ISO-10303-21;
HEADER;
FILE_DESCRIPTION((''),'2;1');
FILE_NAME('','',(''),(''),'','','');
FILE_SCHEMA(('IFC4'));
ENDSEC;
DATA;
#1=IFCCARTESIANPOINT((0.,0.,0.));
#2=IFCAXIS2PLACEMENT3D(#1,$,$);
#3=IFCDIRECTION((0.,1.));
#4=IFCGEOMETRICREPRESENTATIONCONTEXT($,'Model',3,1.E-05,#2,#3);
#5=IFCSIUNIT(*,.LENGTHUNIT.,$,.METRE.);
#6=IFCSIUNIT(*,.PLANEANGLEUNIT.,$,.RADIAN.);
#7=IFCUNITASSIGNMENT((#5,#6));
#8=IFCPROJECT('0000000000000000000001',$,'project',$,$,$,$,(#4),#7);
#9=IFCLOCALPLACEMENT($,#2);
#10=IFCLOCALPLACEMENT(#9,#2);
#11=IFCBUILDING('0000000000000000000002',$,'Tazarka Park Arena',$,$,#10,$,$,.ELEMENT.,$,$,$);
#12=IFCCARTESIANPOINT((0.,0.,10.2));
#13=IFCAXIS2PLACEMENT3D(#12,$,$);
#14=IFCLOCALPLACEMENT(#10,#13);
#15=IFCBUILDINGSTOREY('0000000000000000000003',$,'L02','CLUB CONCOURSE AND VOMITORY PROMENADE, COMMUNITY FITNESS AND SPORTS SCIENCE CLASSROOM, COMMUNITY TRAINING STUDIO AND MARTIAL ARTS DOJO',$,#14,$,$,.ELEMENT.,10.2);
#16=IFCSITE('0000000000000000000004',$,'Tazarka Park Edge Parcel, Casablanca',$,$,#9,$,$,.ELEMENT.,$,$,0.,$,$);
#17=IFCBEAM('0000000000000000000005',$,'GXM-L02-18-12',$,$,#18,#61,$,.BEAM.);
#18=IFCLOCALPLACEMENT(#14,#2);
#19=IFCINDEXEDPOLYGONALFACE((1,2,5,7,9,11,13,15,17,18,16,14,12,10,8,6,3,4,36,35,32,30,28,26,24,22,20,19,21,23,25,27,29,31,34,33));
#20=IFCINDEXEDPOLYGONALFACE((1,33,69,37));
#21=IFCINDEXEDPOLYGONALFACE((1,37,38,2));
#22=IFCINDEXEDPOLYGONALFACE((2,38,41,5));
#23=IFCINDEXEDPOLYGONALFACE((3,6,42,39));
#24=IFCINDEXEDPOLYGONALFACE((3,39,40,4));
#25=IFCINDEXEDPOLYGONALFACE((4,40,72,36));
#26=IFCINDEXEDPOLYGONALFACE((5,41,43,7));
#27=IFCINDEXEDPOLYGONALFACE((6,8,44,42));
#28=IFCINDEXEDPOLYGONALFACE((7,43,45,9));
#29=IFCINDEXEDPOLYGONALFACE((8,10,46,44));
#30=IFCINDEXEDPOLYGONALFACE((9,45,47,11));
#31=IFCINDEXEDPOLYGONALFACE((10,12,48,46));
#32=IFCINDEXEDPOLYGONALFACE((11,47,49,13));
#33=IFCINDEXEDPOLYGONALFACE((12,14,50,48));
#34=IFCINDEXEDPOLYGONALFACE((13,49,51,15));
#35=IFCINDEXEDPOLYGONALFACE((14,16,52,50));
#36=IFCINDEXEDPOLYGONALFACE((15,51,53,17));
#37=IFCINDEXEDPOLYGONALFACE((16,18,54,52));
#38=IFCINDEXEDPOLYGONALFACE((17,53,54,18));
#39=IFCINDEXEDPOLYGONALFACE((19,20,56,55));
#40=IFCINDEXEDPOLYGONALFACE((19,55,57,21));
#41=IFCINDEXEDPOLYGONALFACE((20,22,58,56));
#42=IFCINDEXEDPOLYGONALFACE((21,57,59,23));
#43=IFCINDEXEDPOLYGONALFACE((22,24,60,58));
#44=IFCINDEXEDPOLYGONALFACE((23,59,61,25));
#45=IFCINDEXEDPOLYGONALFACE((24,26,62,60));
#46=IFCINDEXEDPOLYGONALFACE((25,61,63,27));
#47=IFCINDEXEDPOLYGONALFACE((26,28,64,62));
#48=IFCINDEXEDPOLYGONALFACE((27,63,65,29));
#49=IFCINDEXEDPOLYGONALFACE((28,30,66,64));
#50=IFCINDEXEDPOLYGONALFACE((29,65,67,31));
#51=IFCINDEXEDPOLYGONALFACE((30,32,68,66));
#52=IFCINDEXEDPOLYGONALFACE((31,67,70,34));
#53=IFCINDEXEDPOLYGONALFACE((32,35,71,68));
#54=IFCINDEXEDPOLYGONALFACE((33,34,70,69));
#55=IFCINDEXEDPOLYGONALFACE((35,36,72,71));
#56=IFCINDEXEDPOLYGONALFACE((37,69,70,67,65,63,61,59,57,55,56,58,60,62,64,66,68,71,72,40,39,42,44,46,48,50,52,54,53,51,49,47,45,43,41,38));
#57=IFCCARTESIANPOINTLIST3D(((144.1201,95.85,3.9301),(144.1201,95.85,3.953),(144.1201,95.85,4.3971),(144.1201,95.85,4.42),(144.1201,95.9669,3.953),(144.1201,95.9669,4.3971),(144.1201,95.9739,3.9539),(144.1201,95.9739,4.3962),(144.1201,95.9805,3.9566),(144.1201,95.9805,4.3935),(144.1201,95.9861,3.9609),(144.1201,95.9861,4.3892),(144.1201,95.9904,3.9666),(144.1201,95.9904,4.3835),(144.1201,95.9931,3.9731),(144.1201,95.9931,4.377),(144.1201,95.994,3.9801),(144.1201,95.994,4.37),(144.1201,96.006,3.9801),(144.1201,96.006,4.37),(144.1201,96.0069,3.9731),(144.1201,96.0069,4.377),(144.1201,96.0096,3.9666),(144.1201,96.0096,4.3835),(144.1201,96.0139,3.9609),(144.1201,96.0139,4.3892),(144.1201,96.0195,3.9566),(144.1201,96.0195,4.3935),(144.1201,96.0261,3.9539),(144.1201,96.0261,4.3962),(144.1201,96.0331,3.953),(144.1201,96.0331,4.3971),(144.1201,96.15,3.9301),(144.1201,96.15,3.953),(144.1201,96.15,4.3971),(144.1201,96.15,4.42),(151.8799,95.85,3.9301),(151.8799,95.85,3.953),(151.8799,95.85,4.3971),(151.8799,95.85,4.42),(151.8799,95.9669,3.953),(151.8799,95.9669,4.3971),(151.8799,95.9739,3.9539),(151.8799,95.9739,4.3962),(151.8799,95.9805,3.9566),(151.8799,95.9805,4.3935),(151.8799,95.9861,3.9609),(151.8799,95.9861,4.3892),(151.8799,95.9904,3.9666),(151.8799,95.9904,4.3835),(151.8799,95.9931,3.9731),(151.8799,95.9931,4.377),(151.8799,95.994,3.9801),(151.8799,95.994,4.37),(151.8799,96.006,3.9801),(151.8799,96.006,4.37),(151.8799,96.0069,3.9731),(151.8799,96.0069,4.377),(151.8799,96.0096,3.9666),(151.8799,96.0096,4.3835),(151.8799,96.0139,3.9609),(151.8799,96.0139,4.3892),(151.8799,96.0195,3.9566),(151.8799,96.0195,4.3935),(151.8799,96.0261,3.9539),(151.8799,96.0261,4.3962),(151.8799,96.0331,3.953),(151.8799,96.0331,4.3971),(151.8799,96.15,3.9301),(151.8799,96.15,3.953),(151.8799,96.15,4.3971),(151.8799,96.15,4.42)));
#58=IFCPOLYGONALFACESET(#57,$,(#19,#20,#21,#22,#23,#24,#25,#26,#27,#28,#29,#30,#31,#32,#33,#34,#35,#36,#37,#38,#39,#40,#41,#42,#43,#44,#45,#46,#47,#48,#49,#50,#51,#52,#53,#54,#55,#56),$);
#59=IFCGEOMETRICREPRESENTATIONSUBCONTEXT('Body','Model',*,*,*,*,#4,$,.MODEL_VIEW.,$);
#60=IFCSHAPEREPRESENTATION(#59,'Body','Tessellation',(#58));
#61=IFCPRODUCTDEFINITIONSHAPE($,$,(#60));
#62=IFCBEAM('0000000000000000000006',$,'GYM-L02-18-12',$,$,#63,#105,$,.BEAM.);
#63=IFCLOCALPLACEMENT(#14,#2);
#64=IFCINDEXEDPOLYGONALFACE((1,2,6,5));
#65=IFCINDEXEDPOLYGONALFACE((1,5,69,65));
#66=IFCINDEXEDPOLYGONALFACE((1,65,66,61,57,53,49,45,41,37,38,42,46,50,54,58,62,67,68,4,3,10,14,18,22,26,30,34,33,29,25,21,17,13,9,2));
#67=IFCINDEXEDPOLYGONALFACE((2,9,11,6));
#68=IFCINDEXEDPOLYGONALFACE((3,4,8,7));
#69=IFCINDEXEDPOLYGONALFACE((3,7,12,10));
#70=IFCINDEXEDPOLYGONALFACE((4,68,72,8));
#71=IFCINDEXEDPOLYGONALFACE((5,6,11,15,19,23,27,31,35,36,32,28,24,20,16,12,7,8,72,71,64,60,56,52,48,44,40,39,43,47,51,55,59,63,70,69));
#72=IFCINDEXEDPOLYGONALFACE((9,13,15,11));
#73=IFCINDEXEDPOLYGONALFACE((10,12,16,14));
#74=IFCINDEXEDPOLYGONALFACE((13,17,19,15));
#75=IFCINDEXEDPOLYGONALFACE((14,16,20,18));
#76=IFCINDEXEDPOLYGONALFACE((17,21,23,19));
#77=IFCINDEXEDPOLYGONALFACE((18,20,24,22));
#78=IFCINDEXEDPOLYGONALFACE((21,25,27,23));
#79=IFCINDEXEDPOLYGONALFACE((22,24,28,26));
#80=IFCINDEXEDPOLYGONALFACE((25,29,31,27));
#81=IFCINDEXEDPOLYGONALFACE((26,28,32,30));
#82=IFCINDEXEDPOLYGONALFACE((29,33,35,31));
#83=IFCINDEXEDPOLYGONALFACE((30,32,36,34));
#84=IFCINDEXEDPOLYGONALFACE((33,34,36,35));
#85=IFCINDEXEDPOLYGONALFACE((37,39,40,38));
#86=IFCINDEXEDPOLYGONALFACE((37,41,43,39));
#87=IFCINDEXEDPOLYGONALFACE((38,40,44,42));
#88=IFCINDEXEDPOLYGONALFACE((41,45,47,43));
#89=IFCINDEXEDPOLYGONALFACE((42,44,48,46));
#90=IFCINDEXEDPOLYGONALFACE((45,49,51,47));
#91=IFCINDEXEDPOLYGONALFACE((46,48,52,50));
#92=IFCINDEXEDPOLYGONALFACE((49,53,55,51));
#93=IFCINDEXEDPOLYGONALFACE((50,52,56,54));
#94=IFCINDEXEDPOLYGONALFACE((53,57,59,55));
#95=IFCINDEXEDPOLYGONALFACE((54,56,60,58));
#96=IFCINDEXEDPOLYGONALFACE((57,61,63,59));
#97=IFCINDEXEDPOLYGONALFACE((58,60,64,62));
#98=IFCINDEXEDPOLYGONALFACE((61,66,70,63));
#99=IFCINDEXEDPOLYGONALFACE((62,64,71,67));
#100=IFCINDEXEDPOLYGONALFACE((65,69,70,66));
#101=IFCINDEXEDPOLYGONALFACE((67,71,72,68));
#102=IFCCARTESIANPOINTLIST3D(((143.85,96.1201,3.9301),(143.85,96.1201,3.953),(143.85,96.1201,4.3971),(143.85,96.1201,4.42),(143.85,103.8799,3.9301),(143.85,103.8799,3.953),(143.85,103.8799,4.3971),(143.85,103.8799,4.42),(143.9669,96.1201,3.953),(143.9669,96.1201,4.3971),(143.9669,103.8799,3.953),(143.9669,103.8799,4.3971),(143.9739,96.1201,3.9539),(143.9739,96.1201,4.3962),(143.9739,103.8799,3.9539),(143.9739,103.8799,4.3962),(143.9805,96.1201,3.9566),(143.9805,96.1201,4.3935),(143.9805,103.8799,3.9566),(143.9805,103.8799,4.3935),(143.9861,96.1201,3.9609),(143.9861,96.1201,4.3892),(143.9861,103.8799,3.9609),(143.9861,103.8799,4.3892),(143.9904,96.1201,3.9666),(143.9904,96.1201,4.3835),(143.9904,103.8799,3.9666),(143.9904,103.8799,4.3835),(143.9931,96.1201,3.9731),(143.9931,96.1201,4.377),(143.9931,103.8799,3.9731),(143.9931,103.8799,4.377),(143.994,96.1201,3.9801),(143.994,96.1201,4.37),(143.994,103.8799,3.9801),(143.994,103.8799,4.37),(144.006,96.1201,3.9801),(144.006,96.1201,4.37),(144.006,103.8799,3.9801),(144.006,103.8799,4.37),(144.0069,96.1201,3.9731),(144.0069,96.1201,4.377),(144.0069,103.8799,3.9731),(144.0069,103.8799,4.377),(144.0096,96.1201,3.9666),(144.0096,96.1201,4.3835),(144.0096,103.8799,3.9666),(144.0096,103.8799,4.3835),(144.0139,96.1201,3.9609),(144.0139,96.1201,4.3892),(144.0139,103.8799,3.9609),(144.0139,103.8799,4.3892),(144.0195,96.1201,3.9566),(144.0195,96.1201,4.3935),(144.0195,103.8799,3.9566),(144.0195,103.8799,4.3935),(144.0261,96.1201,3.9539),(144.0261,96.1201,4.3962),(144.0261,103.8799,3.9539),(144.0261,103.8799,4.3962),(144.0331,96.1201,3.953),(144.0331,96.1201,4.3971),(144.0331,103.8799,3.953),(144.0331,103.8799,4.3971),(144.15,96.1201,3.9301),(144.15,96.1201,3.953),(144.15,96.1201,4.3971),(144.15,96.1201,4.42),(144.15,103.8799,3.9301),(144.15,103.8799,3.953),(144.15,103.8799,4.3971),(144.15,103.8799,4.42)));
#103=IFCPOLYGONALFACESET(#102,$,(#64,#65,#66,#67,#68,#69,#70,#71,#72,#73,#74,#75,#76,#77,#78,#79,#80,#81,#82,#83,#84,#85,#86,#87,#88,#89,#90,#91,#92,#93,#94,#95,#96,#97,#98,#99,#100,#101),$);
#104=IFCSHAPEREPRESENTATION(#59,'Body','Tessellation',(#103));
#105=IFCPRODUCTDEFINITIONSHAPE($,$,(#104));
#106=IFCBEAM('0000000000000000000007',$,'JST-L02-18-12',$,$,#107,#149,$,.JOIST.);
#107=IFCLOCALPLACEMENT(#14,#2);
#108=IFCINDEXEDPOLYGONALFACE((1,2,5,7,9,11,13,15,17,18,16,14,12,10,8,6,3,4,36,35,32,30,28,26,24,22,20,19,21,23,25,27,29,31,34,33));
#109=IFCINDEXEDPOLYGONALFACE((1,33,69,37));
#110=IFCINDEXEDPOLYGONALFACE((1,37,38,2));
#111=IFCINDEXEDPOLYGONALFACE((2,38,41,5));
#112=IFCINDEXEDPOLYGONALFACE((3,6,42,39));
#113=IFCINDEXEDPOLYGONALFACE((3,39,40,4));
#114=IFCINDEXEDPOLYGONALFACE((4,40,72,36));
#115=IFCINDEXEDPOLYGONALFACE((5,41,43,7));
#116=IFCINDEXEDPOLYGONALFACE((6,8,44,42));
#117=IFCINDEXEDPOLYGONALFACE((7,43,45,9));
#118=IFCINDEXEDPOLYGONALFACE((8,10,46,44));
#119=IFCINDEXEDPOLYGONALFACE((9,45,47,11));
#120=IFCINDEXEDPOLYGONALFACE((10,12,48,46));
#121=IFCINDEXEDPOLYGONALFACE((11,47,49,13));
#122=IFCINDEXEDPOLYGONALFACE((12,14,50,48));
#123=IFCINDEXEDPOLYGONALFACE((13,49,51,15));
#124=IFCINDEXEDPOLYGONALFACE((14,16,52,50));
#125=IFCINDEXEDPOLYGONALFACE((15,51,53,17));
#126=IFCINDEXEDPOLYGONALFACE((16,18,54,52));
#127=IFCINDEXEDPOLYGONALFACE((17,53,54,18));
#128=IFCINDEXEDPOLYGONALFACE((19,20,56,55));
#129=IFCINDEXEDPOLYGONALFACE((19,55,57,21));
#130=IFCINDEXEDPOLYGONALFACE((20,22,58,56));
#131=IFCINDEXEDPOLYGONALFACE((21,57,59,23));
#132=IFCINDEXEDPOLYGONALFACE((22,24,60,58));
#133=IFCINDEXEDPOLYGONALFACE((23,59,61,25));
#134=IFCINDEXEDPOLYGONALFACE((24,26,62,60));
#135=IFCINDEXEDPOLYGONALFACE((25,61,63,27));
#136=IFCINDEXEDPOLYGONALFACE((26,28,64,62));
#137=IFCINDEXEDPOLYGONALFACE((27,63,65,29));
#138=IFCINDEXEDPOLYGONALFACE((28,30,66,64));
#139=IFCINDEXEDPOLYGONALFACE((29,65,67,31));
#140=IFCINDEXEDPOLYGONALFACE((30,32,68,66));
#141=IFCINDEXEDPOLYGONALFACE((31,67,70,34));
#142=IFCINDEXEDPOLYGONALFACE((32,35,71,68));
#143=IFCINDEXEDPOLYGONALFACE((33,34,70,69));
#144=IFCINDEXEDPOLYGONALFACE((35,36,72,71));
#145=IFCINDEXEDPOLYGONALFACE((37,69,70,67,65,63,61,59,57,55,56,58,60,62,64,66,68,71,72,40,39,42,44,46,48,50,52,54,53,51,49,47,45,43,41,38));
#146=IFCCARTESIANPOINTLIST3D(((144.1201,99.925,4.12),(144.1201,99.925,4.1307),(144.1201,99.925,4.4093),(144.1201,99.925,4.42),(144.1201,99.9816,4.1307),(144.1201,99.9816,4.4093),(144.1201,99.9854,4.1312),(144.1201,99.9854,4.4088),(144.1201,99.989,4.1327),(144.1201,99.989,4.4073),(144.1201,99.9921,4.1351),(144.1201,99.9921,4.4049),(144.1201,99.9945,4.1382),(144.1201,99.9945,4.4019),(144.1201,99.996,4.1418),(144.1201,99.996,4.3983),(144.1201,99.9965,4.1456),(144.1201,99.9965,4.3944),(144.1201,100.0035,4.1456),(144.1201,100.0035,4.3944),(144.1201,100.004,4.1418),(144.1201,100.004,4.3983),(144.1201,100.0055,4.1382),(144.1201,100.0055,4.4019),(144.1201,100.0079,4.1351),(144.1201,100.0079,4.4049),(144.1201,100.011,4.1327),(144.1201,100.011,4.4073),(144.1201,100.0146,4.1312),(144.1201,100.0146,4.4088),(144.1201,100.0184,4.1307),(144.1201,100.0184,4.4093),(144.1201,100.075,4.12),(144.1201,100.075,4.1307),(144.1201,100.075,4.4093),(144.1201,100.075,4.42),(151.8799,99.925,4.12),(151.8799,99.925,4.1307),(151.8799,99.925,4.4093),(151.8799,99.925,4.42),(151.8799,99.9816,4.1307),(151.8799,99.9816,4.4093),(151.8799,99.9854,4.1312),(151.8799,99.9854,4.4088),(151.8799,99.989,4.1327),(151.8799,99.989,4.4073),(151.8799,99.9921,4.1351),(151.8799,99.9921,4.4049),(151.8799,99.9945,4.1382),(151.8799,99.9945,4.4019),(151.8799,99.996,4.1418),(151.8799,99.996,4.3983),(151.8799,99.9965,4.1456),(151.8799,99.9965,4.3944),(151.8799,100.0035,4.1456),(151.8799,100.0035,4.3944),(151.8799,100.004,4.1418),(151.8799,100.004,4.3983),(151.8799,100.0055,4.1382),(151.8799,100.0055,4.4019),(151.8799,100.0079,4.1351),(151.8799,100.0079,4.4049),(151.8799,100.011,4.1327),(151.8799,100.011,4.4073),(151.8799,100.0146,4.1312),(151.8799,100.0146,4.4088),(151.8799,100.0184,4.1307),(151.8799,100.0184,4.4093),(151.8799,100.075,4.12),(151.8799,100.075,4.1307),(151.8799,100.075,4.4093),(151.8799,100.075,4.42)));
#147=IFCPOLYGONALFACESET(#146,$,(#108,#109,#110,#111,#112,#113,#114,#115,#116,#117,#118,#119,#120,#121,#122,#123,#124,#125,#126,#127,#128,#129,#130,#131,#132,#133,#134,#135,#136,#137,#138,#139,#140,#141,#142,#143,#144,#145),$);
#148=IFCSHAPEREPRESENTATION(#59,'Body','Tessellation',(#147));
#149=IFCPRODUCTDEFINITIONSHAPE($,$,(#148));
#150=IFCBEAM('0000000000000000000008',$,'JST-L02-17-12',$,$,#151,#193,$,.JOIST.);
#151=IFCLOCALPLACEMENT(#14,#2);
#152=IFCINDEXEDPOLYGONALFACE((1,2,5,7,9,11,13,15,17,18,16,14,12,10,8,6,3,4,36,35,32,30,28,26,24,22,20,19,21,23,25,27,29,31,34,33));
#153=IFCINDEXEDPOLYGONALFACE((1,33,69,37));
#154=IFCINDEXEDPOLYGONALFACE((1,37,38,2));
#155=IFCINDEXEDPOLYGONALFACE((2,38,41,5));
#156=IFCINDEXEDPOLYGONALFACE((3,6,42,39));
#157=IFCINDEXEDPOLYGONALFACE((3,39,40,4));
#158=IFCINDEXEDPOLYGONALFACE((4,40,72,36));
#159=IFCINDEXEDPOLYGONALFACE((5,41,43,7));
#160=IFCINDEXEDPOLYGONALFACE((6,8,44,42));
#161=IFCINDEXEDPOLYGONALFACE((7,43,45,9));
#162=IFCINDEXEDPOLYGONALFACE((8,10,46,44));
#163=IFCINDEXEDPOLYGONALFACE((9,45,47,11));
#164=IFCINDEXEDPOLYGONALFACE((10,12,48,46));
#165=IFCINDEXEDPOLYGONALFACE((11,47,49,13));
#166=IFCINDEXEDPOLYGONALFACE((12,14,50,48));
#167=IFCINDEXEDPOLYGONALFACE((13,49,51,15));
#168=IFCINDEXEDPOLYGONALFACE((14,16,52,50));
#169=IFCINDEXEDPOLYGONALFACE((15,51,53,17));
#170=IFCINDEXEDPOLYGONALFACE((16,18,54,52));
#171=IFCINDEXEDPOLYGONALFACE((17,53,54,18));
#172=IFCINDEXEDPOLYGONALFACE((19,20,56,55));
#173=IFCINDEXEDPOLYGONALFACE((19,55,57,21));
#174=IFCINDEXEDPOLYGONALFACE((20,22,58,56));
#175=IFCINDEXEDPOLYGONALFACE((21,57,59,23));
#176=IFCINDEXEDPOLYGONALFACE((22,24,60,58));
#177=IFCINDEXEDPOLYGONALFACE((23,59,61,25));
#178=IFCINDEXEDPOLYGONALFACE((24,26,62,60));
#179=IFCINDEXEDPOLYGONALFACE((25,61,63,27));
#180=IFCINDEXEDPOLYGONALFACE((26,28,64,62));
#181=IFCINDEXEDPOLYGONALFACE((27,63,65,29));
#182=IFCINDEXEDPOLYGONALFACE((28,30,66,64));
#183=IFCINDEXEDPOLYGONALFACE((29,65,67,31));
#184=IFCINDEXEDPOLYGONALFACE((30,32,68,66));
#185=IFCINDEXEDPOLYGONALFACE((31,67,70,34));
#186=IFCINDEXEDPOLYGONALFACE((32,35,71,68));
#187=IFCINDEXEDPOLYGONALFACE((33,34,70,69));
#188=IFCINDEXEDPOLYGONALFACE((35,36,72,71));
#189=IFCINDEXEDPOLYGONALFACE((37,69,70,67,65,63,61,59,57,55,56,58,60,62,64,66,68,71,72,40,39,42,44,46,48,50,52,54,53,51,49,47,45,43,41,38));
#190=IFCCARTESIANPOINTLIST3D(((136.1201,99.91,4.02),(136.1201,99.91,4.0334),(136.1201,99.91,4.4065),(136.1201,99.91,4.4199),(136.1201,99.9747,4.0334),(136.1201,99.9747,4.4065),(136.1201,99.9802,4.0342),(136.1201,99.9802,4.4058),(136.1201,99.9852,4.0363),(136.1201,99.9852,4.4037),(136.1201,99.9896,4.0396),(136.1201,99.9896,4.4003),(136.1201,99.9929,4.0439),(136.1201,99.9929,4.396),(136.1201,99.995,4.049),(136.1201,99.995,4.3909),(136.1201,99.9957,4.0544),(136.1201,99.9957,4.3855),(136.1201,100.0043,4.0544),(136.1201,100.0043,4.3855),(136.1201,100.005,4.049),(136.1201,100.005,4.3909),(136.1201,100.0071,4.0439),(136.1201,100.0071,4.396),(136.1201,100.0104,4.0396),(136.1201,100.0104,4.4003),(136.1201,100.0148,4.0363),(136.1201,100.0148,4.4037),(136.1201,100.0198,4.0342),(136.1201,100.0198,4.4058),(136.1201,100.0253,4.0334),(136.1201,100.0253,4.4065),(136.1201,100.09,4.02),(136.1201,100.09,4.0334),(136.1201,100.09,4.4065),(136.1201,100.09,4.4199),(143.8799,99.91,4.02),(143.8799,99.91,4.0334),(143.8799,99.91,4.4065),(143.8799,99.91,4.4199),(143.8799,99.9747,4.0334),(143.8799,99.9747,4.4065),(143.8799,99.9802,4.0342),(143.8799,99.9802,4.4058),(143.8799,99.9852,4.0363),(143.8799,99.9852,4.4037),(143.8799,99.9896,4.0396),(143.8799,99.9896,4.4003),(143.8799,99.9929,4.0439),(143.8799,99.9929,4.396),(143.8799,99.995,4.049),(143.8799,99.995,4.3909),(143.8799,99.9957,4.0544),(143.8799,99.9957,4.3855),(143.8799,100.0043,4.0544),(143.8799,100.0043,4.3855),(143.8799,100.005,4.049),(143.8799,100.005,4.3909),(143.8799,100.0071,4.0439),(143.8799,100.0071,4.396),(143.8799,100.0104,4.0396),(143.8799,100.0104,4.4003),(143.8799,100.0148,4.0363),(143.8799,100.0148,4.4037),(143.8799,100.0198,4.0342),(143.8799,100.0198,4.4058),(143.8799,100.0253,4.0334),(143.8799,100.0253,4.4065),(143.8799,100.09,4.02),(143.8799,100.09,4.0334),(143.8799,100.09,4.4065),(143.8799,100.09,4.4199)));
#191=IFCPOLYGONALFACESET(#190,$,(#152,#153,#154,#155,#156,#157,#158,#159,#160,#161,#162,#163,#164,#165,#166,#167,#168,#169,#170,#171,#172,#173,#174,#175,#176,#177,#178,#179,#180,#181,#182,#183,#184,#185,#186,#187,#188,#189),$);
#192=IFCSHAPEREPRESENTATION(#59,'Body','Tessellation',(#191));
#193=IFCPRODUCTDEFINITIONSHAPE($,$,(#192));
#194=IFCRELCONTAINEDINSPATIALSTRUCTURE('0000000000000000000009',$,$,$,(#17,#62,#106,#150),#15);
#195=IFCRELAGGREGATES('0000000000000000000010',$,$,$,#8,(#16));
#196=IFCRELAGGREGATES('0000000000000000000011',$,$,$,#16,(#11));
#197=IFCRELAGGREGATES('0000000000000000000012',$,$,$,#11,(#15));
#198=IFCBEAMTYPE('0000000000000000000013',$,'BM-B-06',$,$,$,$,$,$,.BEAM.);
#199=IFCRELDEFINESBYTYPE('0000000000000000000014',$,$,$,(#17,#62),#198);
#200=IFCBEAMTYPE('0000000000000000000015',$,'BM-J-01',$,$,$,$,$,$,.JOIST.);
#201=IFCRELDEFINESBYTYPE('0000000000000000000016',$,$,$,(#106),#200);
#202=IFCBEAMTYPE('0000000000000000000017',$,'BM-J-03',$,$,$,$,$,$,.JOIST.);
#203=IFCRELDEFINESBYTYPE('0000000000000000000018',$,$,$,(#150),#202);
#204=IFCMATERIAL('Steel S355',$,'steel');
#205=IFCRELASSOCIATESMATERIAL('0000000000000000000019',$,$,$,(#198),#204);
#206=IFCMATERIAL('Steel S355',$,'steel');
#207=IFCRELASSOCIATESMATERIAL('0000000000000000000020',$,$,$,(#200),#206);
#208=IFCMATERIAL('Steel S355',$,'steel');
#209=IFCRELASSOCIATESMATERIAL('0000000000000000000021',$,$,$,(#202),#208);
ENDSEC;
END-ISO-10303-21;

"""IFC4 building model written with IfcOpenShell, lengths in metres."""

from ifc_helpers import new_model, si_unit, direction, frame, origin, origin_2d, place, context, subcontext, project, spatial, i_section, extrude, material, material_profile, profile_set, type_object, element, save


model = new_model("IFC4")

# Units and contexts
model_context = context("Model", 3, precision=1e-05, world=origin(), true_north=direction((0.0, 1.0)))
body_context = subcontext(model_context, "Body", "Model", "MODEL_VIEW")
ifc_project = project(units=[si_unit("LENGTHUNIT", "METRE"), si_unit("PLANEANGLEUNIT", "RADIAN")], contexts=[model_context])

# Site, building, storey
site_placement = place(None, origin())
site = spatial("IfcSite", under=ifc_project, at=site_placement, Name="Tazarka Park Edge Parcel, Casablanca", CompositionType="ELEMENT", RefElevation=0.0)
building_placement = place(site_placement, origin())
building = spatial("IfcBuilding", under=site, at=building_placement, Name="Tazarka Park Arena", CompositionType="ELEMENT")
storey_placement = place(building_placement, frame((0.0, 0.0, 10.2)))
storey = spatial("IfcBuildingStorey", under=building, at=storey_placement, Name="L02", Description="CLUB CONCOURSE AND VOMITORY PROMENADE, COMMUNITY FITNESS AND SPORTS SCIENCE CLASSROOM, COMMUNITY TRAINING STUDIO AND MARTIAL ARTS DOJO", CompositionType="ELEMENT", Elevation=10.2)

# Beams
ifc_material_1 = material(Name="Steel S355", Category="steel")
ifc_material_profile_1 = material_profile(ifc_material_1, i_section(OverallWidth=0.3, OverallDepth=0.49, WebThickness=0.012, FlangeThickness=0.0229, FilletRadius=0.0271, at=origin_2d()), Name="Steel S355")
ifc_profile_set_1 = profile_set([ifc_material_profile_1], Name="Steel S355")
beam_type_1 = type_object("IfcBeamType", Name="BM-B-06", PredefinedType="BEAM", material=ifc_profile_set_1)
for number, where, z_axis, x_axis, name in (
    (1, (144.1201, 96.0, 4.175), (1.0, 0.0, 0.0), (0.0, 1.0, 0.0), "GXM-L02-18-12"),
    (2, (144.0, 96.1201, 4.175), (0.0, 1.0, 0.0), (-1.0, 0.0, 0.0), "GYM-L02-18-12"),
):
    element("IfcBeam", number, at=place(storey_placement, frame(where, z_axis=z_axis, x_axis=x_axis)), inside=storey, type_object=beam_type_1, Name=name, PredefinedType="BEAM", context=body_context, shape_type="SweptSolid", body=[
        extrude(i_section(OverallWidth=0.3, OverallDepth=0.49, WebThickness=0.012, FlangeThickness=0.0229, FilletRadius=0.0271, at=origin_2d()), origin(), (0.0, 0.0, 1.0), 7.7598),
    ])
ifc_material_2 = material(Name="Steel S355", Category="steel")
ifc_material_profile_2 = material_profile(ifc_material_2, i_section(OverallWidth=0.1499, OverallDepth=0.3, WebThickness=0.0071, FlangeThickness=0.0107, FilletRadius=0.0149, at=origin_2d()), Name="Steel S355")
ifc_profile_set_2 = profile_set([ifc_material_profile_2], Name="Steel S355")
beam_type_2 = type_object("IfcBeamType", Name="BM-J-01", PredefinedType="JOIST", material=ifc_profile_set_2)
beam_1_placement = place(storey_placement, frame((144.1201, 100.0, 4.27), z_axis=(1.0, 0.0, 0.0), x_axis=(0.0, 1.0, 0.0)))
element("IfcBeam", 3, at=beam_1_placement, inside=storey, type_object=beam_type_2, Name="JST-L02-18-12", PredefinedType="JOIST", context=body_context, shape_type="SweptSolid", body=[
    extrude(i_section(OverallWidth=0.1499, OverallDepth=0.3, WebThickness=0.0071, FlangeThickness=0.0107, FilletRadius=0.0149, at=origin_2d()), origin(), (0.0, 0.0, 1.0), 7.7598),
])
ifc_material_3 = material(Name="Steel S355", Category="steel")
ifc_material_profile_3 = material_profile(ifc_material_3, i_section(OverallWidth=0.1799, OverallDepth=0.3999, WebThickness=0.0085, FlangeThickness=0.0134, FilletRadius=0.021, at=origin_2d()), Name="Steel S355")
ifc_profile_set_3 = profile_set([ifc_material_profile_3], Name="Steel S355")
beam_type_3 = type_object("IfcBeamType", Name="BM-J-03", PredefinedType="JOIST", material=ifc_profile_set_3)
beam_2_placement = place(storey_placement, frame((136.1201, 100.0, 4.22), z_axis=(1.0, 0.0, 0.0), x_axis=(0.0, 1.0, 0.0)))
element("IfcBeam", 4, at=beam_2_placement, inside=storey, type_object=beam_type_3, Name="JST-L02-17-12", PredefinedType="JOIST", context=body_context, shape_type="SweptSolid", body=[
    extrude(i_section(OverallWidth=0.1799, OverallDepth=0.3999, WebThickness=0.0085, FlangeThickness=0.0134, FilletRadius=0.021, at=origin_2d()), origin(), (0.0, 0.0, 1.0), 7.7598),
])

save(model, "model.ifc")
